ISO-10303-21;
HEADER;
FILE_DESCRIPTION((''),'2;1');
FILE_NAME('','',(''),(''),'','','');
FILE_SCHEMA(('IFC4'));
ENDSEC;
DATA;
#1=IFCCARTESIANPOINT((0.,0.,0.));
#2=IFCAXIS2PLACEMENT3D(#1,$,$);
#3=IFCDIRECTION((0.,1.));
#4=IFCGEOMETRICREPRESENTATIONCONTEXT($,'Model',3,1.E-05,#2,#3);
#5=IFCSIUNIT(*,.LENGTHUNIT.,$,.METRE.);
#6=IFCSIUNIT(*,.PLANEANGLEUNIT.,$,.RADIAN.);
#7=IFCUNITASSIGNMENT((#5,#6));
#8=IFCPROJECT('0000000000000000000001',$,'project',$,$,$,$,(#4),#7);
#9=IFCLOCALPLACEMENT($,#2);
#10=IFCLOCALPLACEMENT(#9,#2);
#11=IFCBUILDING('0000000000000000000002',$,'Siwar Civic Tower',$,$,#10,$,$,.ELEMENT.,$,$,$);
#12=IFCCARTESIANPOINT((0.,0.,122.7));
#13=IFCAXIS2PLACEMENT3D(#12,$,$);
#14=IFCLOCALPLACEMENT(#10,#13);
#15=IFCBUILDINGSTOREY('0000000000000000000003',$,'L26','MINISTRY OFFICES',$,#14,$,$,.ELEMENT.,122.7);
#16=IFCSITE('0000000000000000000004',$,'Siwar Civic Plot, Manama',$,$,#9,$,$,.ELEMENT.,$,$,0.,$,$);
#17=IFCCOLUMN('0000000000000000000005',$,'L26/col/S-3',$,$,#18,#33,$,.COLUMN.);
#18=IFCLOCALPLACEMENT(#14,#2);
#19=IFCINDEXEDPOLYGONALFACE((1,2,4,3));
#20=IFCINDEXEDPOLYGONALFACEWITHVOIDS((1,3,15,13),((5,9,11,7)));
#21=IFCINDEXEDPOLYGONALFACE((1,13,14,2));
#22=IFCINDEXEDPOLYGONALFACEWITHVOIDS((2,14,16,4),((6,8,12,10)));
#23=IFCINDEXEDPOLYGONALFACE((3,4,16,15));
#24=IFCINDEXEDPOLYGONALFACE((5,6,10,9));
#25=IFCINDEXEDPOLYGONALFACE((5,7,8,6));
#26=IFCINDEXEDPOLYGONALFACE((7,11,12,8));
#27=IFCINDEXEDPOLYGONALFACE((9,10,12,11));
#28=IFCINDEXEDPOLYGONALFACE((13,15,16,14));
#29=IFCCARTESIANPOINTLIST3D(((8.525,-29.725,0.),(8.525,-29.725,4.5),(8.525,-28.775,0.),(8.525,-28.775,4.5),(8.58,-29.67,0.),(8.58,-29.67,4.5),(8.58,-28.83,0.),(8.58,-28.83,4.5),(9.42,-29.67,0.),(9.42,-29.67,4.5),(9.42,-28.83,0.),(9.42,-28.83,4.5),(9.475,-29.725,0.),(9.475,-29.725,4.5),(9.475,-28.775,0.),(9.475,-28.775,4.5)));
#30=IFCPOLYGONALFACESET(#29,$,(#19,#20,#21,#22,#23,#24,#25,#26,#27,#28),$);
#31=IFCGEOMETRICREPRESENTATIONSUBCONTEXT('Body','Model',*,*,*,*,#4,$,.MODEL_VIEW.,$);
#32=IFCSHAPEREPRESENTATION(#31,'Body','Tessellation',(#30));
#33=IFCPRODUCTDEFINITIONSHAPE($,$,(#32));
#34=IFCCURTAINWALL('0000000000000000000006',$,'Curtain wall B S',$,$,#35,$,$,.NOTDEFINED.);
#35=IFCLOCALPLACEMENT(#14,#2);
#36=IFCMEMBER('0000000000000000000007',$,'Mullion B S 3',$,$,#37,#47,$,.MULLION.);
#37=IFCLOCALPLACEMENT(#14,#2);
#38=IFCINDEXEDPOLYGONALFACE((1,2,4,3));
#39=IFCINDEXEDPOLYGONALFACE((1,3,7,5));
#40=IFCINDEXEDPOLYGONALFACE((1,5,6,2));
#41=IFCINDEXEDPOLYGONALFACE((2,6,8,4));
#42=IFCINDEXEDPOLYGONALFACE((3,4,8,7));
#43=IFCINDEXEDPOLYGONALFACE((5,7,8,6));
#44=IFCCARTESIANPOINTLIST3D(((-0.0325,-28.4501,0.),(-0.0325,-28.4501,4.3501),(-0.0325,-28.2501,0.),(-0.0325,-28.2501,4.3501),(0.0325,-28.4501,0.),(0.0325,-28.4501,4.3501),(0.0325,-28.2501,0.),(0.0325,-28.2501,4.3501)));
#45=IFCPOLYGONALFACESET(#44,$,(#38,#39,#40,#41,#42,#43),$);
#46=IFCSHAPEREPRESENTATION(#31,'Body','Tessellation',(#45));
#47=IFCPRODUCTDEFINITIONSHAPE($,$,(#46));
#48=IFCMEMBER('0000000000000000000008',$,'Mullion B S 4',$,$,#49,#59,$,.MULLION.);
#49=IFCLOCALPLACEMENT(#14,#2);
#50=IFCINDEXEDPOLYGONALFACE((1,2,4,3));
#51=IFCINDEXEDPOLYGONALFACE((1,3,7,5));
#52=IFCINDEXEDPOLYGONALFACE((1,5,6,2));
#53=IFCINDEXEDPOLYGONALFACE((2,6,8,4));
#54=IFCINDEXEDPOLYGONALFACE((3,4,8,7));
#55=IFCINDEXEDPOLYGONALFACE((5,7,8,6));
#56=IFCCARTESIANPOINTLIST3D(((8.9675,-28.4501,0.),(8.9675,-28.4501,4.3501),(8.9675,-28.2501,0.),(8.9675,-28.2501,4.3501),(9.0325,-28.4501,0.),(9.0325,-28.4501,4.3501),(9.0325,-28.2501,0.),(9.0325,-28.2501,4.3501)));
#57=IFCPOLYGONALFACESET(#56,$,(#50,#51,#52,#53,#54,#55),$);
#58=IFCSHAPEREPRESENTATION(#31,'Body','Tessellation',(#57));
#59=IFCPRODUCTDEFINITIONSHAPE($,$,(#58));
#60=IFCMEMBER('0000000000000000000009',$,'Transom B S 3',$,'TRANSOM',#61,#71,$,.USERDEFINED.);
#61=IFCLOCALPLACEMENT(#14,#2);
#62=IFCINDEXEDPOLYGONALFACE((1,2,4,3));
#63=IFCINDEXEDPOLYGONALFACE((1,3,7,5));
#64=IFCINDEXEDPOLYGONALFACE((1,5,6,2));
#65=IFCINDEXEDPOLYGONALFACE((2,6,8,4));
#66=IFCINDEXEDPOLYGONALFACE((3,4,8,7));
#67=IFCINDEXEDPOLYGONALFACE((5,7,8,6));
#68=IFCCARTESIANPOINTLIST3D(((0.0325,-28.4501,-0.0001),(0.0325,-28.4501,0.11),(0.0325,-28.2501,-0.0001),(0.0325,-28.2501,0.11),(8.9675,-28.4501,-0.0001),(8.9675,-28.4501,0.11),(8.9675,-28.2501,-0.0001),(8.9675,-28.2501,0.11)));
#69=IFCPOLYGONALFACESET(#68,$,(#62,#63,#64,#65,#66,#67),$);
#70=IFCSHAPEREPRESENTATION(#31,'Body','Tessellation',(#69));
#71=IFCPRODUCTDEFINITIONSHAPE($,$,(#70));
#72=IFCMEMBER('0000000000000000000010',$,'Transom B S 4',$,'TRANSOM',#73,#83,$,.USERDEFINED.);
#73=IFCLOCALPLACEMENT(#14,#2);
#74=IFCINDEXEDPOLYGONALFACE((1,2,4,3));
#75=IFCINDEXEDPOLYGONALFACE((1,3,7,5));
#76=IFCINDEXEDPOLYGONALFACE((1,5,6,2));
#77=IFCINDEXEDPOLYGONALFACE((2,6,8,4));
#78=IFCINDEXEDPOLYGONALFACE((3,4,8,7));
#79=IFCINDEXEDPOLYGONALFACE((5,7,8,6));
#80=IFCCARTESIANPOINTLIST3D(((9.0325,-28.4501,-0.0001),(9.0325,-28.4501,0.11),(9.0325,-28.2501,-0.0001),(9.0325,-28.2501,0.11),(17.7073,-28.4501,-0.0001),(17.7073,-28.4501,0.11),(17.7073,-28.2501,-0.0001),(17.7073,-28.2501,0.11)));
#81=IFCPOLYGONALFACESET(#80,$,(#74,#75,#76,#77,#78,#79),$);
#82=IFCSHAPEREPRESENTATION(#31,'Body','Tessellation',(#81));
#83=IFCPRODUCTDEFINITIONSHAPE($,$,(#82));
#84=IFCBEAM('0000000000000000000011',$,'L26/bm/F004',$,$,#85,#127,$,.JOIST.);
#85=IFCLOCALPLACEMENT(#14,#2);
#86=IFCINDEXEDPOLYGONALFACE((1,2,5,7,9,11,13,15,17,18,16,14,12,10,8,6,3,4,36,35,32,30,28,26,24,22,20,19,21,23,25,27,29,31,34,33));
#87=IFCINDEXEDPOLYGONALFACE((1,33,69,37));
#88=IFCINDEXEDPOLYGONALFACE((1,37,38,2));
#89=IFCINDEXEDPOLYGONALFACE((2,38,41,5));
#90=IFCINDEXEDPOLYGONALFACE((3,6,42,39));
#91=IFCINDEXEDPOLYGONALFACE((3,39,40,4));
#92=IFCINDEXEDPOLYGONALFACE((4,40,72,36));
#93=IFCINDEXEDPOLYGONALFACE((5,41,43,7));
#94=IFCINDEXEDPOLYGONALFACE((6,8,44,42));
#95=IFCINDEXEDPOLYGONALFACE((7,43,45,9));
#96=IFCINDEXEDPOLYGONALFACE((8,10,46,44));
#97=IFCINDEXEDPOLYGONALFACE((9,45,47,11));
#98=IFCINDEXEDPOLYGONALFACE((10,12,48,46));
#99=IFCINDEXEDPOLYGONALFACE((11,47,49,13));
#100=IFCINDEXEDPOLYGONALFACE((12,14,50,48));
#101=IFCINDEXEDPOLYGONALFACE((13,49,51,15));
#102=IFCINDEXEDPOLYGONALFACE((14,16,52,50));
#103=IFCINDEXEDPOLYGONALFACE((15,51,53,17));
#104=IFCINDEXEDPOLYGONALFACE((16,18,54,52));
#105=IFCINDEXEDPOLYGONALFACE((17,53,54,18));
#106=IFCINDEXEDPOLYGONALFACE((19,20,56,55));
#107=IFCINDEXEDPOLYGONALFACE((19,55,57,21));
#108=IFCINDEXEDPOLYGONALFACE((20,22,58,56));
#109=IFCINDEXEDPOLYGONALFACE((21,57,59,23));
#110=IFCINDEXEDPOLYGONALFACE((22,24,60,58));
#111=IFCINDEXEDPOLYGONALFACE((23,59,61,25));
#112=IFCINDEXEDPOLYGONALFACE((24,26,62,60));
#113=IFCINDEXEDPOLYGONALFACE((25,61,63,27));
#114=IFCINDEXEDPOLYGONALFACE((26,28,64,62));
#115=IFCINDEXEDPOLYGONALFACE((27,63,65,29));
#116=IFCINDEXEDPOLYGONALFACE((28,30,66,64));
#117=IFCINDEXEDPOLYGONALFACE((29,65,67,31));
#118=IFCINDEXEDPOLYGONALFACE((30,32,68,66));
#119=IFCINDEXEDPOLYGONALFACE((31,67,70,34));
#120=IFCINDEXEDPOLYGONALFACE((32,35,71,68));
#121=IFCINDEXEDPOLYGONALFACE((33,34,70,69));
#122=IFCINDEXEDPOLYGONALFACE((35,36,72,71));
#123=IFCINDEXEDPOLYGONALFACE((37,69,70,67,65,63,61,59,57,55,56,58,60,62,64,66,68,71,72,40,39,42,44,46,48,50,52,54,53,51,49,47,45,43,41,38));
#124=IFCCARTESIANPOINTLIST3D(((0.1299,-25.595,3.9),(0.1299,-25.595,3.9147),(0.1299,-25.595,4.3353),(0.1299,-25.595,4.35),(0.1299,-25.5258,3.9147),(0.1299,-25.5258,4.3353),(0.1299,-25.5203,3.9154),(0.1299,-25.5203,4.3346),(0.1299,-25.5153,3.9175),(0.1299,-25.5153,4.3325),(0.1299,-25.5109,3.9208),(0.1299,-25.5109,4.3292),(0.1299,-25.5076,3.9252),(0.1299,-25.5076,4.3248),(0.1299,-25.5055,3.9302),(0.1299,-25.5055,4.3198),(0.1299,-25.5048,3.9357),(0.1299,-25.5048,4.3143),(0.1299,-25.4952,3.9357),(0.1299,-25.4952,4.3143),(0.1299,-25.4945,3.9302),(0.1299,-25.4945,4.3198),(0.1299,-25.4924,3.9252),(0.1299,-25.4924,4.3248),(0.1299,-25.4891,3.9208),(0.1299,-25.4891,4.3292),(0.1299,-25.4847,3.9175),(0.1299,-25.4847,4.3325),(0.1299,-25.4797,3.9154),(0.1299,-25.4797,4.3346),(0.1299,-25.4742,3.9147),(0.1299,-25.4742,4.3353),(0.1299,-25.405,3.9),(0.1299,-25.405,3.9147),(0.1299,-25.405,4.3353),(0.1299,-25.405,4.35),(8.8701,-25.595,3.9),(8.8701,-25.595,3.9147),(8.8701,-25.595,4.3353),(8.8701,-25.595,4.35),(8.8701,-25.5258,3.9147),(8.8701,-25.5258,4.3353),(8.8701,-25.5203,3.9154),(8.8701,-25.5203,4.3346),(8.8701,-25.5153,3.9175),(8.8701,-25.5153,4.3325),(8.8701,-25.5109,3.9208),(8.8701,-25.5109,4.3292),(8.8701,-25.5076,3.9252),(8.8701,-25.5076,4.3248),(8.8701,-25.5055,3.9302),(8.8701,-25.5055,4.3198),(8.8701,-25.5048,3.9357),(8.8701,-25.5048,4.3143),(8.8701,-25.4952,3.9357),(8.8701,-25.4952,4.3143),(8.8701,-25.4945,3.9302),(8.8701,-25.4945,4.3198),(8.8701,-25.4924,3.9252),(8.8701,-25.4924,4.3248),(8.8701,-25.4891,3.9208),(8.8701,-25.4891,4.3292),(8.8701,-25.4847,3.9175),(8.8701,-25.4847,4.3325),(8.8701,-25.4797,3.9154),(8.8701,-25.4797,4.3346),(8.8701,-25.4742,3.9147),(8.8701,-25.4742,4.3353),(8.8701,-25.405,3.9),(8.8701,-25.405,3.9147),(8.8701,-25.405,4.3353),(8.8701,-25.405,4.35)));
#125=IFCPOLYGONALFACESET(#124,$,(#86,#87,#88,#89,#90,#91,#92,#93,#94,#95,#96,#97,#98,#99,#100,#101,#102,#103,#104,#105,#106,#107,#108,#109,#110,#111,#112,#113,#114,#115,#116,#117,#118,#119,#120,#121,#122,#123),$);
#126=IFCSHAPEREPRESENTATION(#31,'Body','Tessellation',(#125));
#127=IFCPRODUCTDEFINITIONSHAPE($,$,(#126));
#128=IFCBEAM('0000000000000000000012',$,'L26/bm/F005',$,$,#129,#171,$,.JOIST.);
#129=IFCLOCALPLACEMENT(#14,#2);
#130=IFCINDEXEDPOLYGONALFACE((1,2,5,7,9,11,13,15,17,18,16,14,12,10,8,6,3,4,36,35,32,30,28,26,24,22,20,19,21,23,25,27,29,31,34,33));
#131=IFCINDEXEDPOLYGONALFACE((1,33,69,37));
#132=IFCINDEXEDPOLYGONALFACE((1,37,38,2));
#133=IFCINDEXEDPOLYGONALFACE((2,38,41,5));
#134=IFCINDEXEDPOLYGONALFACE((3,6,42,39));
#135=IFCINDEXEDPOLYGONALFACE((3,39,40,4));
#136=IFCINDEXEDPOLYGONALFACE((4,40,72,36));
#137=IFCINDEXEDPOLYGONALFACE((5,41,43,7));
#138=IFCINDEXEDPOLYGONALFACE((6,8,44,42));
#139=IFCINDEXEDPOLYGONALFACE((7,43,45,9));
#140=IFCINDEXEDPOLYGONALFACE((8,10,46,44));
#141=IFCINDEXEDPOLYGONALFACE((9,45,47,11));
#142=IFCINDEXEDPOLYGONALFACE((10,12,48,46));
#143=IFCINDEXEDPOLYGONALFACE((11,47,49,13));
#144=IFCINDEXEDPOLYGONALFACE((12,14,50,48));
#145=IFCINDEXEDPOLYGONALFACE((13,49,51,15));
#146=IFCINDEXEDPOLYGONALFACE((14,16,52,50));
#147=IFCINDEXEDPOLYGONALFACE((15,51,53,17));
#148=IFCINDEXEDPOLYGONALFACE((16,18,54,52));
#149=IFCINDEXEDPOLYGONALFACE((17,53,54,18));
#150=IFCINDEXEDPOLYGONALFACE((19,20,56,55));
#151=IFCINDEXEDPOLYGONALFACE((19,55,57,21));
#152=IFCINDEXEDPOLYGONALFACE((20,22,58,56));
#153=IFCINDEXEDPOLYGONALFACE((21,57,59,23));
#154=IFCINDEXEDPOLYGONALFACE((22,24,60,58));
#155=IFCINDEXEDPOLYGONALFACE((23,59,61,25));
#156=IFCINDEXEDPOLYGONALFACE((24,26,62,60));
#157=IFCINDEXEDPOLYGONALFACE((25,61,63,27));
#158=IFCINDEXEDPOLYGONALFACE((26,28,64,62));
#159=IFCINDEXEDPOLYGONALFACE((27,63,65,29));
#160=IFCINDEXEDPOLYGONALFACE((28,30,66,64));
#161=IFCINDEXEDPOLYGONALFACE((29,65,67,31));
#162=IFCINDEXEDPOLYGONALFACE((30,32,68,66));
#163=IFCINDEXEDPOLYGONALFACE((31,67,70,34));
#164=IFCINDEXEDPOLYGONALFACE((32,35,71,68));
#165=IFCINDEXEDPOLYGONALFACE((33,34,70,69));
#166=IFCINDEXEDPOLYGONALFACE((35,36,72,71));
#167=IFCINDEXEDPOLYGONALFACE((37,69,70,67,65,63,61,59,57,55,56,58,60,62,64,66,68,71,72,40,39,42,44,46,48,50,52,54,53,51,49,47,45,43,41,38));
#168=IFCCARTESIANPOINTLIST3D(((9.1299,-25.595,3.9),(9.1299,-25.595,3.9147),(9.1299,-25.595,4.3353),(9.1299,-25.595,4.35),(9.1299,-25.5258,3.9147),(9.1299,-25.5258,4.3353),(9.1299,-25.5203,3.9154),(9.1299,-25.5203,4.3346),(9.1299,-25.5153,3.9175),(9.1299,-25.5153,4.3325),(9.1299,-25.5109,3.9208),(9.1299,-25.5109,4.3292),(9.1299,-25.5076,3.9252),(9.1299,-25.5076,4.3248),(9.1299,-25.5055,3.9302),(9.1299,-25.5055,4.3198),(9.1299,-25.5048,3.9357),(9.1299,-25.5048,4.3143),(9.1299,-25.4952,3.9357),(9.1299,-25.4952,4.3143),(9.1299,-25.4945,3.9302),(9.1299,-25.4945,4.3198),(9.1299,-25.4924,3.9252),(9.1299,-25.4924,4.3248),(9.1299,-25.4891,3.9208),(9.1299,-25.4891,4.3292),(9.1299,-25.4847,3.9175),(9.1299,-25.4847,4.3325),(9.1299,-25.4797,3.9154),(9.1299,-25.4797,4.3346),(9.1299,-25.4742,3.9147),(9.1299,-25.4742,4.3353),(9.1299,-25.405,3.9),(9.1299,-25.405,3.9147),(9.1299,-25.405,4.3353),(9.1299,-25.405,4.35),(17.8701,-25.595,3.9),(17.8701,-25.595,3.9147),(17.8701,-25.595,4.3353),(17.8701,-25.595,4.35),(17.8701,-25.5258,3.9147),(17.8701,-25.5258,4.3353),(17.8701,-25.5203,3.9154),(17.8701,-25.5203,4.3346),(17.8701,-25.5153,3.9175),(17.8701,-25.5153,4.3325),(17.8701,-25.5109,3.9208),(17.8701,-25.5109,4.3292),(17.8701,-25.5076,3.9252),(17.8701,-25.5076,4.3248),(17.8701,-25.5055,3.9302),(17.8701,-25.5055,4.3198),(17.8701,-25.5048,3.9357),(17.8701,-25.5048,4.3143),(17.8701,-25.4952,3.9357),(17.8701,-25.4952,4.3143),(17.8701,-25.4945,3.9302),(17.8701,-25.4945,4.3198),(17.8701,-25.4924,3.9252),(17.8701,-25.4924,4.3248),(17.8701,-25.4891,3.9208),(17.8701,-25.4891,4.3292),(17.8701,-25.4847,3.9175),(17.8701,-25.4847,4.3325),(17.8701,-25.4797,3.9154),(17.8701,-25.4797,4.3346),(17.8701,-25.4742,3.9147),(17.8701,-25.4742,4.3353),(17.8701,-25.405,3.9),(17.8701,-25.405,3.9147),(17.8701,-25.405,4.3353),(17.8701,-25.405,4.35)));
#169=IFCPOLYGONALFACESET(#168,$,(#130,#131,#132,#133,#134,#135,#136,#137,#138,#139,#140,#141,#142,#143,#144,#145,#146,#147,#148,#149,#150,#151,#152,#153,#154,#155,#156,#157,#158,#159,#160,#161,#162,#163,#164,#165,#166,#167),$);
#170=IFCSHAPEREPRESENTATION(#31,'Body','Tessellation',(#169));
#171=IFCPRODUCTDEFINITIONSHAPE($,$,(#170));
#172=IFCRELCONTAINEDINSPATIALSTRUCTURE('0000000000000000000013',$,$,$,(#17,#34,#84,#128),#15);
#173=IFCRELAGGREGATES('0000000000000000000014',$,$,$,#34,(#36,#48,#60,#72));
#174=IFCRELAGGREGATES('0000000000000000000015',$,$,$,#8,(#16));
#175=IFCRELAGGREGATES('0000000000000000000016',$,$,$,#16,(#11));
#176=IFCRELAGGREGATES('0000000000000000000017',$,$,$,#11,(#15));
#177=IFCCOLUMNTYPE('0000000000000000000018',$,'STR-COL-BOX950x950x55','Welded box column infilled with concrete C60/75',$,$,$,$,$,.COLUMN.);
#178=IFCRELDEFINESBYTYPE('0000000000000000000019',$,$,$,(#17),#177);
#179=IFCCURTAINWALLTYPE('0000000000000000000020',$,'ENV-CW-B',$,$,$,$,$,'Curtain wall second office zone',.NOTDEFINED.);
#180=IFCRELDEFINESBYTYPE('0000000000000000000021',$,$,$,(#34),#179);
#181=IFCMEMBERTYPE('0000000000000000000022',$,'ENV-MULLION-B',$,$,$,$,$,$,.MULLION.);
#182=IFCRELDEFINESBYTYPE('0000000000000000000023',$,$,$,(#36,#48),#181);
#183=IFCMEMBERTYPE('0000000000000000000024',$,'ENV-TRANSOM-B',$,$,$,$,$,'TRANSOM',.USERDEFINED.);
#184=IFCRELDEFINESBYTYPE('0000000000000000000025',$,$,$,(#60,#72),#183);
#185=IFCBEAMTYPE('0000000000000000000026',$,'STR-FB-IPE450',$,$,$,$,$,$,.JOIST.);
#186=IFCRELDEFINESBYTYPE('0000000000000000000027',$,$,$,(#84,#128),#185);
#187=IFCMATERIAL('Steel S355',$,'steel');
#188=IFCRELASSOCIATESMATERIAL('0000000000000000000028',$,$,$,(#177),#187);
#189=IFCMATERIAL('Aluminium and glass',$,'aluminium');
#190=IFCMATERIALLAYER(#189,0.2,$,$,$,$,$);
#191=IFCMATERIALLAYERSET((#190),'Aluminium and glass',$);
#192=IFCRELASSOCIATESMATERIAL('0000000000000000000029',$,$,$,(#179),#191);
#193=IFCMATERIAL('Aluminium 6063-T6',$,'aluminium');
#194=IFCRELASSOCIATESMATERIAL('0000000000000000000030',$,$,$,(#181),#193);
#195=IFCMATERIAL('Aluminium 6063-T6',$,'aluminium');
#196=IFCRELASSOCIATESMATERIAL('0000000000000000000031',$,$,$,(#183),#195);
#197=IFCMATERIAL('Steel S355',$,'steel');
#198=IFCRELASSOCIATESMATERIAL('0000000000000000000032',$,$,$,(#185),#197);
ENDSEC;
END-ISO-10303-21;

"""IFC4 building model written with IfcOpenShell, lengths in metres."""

from ifc_helpers import new_model, si_unit, direction, frame, origin, origin_2d, place, context, subcontext, project, spatial, rectangle, hollow_rectangle, i_section, extrude, material, layer, layer_set, material_profile, profile_set, type_object, element, aggregate, save


model = new_model("IFC4")

# Units and contexts
model_context = context("Model", 3, precision=1e-05, world=origin(), true_north=direction((0.0, 1.0)))
body_context = subcontext(model_context, "Body", "Model", "MODEL_VIEW")
ifc_project = project(units=[si_unit("LENGTHUNIT", "METRE"), si_unit("PLANEANGLEUNIT", "RADIAN")], contexts=[model_context])

# Site, building, storey
site_placement = place(None, origin())
site = spatial("IfcSite", under=ifc_project, at=site_placement, Name="Siwar Civic Plot, Manama", CompositionType="ELEMENT", RefElevation=0.0)
building_placement = place(site_placement, origin())
building = spatial("IfcBuilding", under=site, at=building_placement, Name="Siwar Civic Tower", CompositionType="ELEMENT")
storey_placement = place(building_placement, frame((0.0, 0.0, 122.7)))
storey = spatial("IfcBuildingStorey", under=building, at=storey_placement, Name="L26", Description="MINISTRY OFFICES", CompositionType="ELEMENT", Elevation=122.7)

# Column
ifc_material_1 = material(Name="Steel S355", Category="steel")
ifc_material_profile_1 = material_profile(ifc_material_1, hollow_rectangle(XDim=0.95, YDim=0.95, WallThickness=0.0549, at=origin_2d()), Name="BOX950x950x55")
ifc_profile_set_1 = profile_set([ifc_material_profile_1], Name="Steel S355")
column_type = type_object("IfcColumnType", Name="STR-COL-BOX950x950x55", Description="Welded box column infilled with concrete C60/75", PredefinedType="COLUMN", material=ifc_profile_set_1)
column_placement = place(storey_placement, frame((9.0, -29.25, 0.0), z_axis=(0.0, 0.0, 1.0), x_axis=(1.0, 0.0, 0.0)))
element("IfcColumn", 1, at=column_placement, inside=storey, type_object=column_type, Name="L26/col/S-3", PredefinedType="COLUMN", context=body_context, shape_type="SweptSolid", body=[
    extrude(hollow_rectangle(XDim=0.95, YDim=0.95, WallThickness=0.0549, at=origin_2d()), origin(), (0.0, 0.0, 1.0), 4.5),
])

# Curtain wall, members
ifc_material_2 = material(Name="Aluminium and glass", Category="aluminium")
ifc_layer_1 = layer(ifc_material_2, 0.2)
ifc_layer_set_1 = layer_set([ifc_layer_1], Name="Aluminium and glass")
curtain_wall_type = type_object("IfcCurtainWallType", Name="ENV-CW-B", ElementType="Curtain wall second office zone", PredefinedType="NOTDEFINED", material=ifc_layer_set_1)
curtain_wall_placement = place(storey_placement, origin())
curtain_wall = element("IfcCurtainWall", 2, at=curtain_wall_placement, inside=storey, type_object=curtain_wall_type, Name="Curtain wall B S", PredefinedType="NOTDEFINED")
ifc_material_3 = material(Name="Aluminium 6063-T6", Category="aluminium")
ifc_material_profile_2 = material_profile(ifc_material_3, rectangle(XDim=0.2, YDim=0.0649, at=origin_2d()), Name="AL 200x65")
ifc_profile_set_2 = profile_set([ifc_material_profile_2], Name="Aluminium 6063-T6")
member_type_1 = type_object("IfcMemberType", Name="ENV-MULLION-B", PredefinedType="MULLION", material=ifc_profile_set_2)
member_1_placement = place(storey_placement, frame((0.0, -28.3501, 0.0), z_axis=(0.0, 0.0, 1.0), x_axis=(0.0, 1.0, 0.0)))
member_1 = element("IfcMember", 3, at=member_1_placement, type_object=member_type_1, Name="Mullion B S 3", PredefinedType="MULLION", context=body_context, shape_type="SweptSolid", body=[
    extrude(rectangle(XDim=0.2, YDim=0.0649, at=origin_2d()), origin(), (0.0, 0.0, 1.0), 4.3501),
])
member_2_placement = place(storey_placement, frame((9.0, -28.3501, 0.0), z_axis=(0.0, 0.0, 1.0), x_axis=(0.0, 1.0, 0.0)))
member_2 = element("IfcMember", 4, at=member_2_placement, type_object=member_type_1, Name="Mullion B S 4", PredefinedType="MULLION", context=body_context, shape_type="SweptSolid", body=[
    extrude(rectangle(XDim=0.2, YDim=0.0649, at=origin_2d()), origin(), (0.0, 0.0, 1.0), 4.3501),
])
ifc_material_4 = material(Name="Aluminium 6063-T6", Category="aluminium")
ifc_material_profile_3 = material_profile(ifc_material_4, rectangle(XDim=0.2, YDim=0.1101, at=origin_2d()), Name="AL 200x110")
ifc_profile_set_3 = profile_set([ifc_material_profile_3], Name="Aluminium 6063-T6")
member_type_2 = type_object("IfcMemberType", Name="ENV-TRANSOM-B", ElementType="TRANSOM", PredefinedType="USERDEFINED", material=ifc_profile_set_3)
member_3_placement = place(storey_placement, frame((0.0325, -28.3501, 0.0549), z_axis=(1.0, 0.0, 0.0), x_axis=(0.0, 1.0, 0.0)))
member_3 = element("IfcMember", 5, at=member_3_placement, type_object=member_type_2, Name="Transom B S 3", ObjectType="TRANSOM", PredefinedType="USERDEFINED", context=body_context, shape_type="SweptSolid", body=[
    extrude(rectangle(XDim=0.2, YDim=0.1101, at=origin_2d()), origin(), (0.0, 0.0, 1.0), 8.9351),
])
member_4_placement = place(storey_placement, frame((9.0325, -28.3501, 0.0549), z_axis=(1.0, 0.0, 0.0), x_axis=(0.0, 1.0, 0.0)))
member_4 = element("IfcMember", 6, at=member_4_placement, type_object=member_type_2, Name="Transom B S 4", ObjectType="TRANSOM", PredefinedType="USERDEFINED", context=body_context, shape_type="SweptSolid", body=[
    extrude(rectangle(XDim=0.2, YDim=0.1101, at=origin_2d()), origin(), (0.0, 0.0, 1.0), 8.6748),
])

# Beams
ifc_material_5 = material(Name="Steel S355", Category="steel")
ifc_material_profile_4 = material_profile(ifc_material_5, i_section(OverallWidth=0.1899, OverallDepth=0.45, WebThickness=0.0095, FlangeThickness=0.0146, FilletRadius=0.021, at=origin_2d()), Name="IPE450")
ifc_profile_set_4 = profile_set([ifc_material_profile_4], Name="Steel S355")
beam_type_1 = type_object("IfcBeamType", Name="STR-FB-IPE450", PredefinedType="JOIST", material=ifc_profile_set_4)
for number, where, z_axis, x_axis, name in (
    (7, (0.1299, -25.5, 4.125), (1.0, 0.0, 0.0), (0.0, 1.0, 0.0), "L26/bm/F004"),
    (8, (9.1299, -25.5, 4.125), (1.0, 0.0, 0.0), (0.0, 1.0, 0.0), "L26/bm/F005"),
):
    element("IfcBeam", number, at=place(storey_placement, frame(where, z_axis=z_axis, x_axis=x_axis)), inside=storey, type_object=beam_type_1, Name=name, PredefinedType="JOIST", context=body_context, shape_type="SweptSolid", body=[
        extrude(i_section(OverallWidth=0.1899, OverallDepth=0.45, WebThickness=0.0095, FlangeThickness=0.0146, FilletRadius=0.021, at=origin_2d()), origin(), (0.0, 0.0, 1.0), 8.7402),
    ])

aggregate(curtain_wall, [member_1, member_2, member_3, member_4])

save(model, "model.ifc")
